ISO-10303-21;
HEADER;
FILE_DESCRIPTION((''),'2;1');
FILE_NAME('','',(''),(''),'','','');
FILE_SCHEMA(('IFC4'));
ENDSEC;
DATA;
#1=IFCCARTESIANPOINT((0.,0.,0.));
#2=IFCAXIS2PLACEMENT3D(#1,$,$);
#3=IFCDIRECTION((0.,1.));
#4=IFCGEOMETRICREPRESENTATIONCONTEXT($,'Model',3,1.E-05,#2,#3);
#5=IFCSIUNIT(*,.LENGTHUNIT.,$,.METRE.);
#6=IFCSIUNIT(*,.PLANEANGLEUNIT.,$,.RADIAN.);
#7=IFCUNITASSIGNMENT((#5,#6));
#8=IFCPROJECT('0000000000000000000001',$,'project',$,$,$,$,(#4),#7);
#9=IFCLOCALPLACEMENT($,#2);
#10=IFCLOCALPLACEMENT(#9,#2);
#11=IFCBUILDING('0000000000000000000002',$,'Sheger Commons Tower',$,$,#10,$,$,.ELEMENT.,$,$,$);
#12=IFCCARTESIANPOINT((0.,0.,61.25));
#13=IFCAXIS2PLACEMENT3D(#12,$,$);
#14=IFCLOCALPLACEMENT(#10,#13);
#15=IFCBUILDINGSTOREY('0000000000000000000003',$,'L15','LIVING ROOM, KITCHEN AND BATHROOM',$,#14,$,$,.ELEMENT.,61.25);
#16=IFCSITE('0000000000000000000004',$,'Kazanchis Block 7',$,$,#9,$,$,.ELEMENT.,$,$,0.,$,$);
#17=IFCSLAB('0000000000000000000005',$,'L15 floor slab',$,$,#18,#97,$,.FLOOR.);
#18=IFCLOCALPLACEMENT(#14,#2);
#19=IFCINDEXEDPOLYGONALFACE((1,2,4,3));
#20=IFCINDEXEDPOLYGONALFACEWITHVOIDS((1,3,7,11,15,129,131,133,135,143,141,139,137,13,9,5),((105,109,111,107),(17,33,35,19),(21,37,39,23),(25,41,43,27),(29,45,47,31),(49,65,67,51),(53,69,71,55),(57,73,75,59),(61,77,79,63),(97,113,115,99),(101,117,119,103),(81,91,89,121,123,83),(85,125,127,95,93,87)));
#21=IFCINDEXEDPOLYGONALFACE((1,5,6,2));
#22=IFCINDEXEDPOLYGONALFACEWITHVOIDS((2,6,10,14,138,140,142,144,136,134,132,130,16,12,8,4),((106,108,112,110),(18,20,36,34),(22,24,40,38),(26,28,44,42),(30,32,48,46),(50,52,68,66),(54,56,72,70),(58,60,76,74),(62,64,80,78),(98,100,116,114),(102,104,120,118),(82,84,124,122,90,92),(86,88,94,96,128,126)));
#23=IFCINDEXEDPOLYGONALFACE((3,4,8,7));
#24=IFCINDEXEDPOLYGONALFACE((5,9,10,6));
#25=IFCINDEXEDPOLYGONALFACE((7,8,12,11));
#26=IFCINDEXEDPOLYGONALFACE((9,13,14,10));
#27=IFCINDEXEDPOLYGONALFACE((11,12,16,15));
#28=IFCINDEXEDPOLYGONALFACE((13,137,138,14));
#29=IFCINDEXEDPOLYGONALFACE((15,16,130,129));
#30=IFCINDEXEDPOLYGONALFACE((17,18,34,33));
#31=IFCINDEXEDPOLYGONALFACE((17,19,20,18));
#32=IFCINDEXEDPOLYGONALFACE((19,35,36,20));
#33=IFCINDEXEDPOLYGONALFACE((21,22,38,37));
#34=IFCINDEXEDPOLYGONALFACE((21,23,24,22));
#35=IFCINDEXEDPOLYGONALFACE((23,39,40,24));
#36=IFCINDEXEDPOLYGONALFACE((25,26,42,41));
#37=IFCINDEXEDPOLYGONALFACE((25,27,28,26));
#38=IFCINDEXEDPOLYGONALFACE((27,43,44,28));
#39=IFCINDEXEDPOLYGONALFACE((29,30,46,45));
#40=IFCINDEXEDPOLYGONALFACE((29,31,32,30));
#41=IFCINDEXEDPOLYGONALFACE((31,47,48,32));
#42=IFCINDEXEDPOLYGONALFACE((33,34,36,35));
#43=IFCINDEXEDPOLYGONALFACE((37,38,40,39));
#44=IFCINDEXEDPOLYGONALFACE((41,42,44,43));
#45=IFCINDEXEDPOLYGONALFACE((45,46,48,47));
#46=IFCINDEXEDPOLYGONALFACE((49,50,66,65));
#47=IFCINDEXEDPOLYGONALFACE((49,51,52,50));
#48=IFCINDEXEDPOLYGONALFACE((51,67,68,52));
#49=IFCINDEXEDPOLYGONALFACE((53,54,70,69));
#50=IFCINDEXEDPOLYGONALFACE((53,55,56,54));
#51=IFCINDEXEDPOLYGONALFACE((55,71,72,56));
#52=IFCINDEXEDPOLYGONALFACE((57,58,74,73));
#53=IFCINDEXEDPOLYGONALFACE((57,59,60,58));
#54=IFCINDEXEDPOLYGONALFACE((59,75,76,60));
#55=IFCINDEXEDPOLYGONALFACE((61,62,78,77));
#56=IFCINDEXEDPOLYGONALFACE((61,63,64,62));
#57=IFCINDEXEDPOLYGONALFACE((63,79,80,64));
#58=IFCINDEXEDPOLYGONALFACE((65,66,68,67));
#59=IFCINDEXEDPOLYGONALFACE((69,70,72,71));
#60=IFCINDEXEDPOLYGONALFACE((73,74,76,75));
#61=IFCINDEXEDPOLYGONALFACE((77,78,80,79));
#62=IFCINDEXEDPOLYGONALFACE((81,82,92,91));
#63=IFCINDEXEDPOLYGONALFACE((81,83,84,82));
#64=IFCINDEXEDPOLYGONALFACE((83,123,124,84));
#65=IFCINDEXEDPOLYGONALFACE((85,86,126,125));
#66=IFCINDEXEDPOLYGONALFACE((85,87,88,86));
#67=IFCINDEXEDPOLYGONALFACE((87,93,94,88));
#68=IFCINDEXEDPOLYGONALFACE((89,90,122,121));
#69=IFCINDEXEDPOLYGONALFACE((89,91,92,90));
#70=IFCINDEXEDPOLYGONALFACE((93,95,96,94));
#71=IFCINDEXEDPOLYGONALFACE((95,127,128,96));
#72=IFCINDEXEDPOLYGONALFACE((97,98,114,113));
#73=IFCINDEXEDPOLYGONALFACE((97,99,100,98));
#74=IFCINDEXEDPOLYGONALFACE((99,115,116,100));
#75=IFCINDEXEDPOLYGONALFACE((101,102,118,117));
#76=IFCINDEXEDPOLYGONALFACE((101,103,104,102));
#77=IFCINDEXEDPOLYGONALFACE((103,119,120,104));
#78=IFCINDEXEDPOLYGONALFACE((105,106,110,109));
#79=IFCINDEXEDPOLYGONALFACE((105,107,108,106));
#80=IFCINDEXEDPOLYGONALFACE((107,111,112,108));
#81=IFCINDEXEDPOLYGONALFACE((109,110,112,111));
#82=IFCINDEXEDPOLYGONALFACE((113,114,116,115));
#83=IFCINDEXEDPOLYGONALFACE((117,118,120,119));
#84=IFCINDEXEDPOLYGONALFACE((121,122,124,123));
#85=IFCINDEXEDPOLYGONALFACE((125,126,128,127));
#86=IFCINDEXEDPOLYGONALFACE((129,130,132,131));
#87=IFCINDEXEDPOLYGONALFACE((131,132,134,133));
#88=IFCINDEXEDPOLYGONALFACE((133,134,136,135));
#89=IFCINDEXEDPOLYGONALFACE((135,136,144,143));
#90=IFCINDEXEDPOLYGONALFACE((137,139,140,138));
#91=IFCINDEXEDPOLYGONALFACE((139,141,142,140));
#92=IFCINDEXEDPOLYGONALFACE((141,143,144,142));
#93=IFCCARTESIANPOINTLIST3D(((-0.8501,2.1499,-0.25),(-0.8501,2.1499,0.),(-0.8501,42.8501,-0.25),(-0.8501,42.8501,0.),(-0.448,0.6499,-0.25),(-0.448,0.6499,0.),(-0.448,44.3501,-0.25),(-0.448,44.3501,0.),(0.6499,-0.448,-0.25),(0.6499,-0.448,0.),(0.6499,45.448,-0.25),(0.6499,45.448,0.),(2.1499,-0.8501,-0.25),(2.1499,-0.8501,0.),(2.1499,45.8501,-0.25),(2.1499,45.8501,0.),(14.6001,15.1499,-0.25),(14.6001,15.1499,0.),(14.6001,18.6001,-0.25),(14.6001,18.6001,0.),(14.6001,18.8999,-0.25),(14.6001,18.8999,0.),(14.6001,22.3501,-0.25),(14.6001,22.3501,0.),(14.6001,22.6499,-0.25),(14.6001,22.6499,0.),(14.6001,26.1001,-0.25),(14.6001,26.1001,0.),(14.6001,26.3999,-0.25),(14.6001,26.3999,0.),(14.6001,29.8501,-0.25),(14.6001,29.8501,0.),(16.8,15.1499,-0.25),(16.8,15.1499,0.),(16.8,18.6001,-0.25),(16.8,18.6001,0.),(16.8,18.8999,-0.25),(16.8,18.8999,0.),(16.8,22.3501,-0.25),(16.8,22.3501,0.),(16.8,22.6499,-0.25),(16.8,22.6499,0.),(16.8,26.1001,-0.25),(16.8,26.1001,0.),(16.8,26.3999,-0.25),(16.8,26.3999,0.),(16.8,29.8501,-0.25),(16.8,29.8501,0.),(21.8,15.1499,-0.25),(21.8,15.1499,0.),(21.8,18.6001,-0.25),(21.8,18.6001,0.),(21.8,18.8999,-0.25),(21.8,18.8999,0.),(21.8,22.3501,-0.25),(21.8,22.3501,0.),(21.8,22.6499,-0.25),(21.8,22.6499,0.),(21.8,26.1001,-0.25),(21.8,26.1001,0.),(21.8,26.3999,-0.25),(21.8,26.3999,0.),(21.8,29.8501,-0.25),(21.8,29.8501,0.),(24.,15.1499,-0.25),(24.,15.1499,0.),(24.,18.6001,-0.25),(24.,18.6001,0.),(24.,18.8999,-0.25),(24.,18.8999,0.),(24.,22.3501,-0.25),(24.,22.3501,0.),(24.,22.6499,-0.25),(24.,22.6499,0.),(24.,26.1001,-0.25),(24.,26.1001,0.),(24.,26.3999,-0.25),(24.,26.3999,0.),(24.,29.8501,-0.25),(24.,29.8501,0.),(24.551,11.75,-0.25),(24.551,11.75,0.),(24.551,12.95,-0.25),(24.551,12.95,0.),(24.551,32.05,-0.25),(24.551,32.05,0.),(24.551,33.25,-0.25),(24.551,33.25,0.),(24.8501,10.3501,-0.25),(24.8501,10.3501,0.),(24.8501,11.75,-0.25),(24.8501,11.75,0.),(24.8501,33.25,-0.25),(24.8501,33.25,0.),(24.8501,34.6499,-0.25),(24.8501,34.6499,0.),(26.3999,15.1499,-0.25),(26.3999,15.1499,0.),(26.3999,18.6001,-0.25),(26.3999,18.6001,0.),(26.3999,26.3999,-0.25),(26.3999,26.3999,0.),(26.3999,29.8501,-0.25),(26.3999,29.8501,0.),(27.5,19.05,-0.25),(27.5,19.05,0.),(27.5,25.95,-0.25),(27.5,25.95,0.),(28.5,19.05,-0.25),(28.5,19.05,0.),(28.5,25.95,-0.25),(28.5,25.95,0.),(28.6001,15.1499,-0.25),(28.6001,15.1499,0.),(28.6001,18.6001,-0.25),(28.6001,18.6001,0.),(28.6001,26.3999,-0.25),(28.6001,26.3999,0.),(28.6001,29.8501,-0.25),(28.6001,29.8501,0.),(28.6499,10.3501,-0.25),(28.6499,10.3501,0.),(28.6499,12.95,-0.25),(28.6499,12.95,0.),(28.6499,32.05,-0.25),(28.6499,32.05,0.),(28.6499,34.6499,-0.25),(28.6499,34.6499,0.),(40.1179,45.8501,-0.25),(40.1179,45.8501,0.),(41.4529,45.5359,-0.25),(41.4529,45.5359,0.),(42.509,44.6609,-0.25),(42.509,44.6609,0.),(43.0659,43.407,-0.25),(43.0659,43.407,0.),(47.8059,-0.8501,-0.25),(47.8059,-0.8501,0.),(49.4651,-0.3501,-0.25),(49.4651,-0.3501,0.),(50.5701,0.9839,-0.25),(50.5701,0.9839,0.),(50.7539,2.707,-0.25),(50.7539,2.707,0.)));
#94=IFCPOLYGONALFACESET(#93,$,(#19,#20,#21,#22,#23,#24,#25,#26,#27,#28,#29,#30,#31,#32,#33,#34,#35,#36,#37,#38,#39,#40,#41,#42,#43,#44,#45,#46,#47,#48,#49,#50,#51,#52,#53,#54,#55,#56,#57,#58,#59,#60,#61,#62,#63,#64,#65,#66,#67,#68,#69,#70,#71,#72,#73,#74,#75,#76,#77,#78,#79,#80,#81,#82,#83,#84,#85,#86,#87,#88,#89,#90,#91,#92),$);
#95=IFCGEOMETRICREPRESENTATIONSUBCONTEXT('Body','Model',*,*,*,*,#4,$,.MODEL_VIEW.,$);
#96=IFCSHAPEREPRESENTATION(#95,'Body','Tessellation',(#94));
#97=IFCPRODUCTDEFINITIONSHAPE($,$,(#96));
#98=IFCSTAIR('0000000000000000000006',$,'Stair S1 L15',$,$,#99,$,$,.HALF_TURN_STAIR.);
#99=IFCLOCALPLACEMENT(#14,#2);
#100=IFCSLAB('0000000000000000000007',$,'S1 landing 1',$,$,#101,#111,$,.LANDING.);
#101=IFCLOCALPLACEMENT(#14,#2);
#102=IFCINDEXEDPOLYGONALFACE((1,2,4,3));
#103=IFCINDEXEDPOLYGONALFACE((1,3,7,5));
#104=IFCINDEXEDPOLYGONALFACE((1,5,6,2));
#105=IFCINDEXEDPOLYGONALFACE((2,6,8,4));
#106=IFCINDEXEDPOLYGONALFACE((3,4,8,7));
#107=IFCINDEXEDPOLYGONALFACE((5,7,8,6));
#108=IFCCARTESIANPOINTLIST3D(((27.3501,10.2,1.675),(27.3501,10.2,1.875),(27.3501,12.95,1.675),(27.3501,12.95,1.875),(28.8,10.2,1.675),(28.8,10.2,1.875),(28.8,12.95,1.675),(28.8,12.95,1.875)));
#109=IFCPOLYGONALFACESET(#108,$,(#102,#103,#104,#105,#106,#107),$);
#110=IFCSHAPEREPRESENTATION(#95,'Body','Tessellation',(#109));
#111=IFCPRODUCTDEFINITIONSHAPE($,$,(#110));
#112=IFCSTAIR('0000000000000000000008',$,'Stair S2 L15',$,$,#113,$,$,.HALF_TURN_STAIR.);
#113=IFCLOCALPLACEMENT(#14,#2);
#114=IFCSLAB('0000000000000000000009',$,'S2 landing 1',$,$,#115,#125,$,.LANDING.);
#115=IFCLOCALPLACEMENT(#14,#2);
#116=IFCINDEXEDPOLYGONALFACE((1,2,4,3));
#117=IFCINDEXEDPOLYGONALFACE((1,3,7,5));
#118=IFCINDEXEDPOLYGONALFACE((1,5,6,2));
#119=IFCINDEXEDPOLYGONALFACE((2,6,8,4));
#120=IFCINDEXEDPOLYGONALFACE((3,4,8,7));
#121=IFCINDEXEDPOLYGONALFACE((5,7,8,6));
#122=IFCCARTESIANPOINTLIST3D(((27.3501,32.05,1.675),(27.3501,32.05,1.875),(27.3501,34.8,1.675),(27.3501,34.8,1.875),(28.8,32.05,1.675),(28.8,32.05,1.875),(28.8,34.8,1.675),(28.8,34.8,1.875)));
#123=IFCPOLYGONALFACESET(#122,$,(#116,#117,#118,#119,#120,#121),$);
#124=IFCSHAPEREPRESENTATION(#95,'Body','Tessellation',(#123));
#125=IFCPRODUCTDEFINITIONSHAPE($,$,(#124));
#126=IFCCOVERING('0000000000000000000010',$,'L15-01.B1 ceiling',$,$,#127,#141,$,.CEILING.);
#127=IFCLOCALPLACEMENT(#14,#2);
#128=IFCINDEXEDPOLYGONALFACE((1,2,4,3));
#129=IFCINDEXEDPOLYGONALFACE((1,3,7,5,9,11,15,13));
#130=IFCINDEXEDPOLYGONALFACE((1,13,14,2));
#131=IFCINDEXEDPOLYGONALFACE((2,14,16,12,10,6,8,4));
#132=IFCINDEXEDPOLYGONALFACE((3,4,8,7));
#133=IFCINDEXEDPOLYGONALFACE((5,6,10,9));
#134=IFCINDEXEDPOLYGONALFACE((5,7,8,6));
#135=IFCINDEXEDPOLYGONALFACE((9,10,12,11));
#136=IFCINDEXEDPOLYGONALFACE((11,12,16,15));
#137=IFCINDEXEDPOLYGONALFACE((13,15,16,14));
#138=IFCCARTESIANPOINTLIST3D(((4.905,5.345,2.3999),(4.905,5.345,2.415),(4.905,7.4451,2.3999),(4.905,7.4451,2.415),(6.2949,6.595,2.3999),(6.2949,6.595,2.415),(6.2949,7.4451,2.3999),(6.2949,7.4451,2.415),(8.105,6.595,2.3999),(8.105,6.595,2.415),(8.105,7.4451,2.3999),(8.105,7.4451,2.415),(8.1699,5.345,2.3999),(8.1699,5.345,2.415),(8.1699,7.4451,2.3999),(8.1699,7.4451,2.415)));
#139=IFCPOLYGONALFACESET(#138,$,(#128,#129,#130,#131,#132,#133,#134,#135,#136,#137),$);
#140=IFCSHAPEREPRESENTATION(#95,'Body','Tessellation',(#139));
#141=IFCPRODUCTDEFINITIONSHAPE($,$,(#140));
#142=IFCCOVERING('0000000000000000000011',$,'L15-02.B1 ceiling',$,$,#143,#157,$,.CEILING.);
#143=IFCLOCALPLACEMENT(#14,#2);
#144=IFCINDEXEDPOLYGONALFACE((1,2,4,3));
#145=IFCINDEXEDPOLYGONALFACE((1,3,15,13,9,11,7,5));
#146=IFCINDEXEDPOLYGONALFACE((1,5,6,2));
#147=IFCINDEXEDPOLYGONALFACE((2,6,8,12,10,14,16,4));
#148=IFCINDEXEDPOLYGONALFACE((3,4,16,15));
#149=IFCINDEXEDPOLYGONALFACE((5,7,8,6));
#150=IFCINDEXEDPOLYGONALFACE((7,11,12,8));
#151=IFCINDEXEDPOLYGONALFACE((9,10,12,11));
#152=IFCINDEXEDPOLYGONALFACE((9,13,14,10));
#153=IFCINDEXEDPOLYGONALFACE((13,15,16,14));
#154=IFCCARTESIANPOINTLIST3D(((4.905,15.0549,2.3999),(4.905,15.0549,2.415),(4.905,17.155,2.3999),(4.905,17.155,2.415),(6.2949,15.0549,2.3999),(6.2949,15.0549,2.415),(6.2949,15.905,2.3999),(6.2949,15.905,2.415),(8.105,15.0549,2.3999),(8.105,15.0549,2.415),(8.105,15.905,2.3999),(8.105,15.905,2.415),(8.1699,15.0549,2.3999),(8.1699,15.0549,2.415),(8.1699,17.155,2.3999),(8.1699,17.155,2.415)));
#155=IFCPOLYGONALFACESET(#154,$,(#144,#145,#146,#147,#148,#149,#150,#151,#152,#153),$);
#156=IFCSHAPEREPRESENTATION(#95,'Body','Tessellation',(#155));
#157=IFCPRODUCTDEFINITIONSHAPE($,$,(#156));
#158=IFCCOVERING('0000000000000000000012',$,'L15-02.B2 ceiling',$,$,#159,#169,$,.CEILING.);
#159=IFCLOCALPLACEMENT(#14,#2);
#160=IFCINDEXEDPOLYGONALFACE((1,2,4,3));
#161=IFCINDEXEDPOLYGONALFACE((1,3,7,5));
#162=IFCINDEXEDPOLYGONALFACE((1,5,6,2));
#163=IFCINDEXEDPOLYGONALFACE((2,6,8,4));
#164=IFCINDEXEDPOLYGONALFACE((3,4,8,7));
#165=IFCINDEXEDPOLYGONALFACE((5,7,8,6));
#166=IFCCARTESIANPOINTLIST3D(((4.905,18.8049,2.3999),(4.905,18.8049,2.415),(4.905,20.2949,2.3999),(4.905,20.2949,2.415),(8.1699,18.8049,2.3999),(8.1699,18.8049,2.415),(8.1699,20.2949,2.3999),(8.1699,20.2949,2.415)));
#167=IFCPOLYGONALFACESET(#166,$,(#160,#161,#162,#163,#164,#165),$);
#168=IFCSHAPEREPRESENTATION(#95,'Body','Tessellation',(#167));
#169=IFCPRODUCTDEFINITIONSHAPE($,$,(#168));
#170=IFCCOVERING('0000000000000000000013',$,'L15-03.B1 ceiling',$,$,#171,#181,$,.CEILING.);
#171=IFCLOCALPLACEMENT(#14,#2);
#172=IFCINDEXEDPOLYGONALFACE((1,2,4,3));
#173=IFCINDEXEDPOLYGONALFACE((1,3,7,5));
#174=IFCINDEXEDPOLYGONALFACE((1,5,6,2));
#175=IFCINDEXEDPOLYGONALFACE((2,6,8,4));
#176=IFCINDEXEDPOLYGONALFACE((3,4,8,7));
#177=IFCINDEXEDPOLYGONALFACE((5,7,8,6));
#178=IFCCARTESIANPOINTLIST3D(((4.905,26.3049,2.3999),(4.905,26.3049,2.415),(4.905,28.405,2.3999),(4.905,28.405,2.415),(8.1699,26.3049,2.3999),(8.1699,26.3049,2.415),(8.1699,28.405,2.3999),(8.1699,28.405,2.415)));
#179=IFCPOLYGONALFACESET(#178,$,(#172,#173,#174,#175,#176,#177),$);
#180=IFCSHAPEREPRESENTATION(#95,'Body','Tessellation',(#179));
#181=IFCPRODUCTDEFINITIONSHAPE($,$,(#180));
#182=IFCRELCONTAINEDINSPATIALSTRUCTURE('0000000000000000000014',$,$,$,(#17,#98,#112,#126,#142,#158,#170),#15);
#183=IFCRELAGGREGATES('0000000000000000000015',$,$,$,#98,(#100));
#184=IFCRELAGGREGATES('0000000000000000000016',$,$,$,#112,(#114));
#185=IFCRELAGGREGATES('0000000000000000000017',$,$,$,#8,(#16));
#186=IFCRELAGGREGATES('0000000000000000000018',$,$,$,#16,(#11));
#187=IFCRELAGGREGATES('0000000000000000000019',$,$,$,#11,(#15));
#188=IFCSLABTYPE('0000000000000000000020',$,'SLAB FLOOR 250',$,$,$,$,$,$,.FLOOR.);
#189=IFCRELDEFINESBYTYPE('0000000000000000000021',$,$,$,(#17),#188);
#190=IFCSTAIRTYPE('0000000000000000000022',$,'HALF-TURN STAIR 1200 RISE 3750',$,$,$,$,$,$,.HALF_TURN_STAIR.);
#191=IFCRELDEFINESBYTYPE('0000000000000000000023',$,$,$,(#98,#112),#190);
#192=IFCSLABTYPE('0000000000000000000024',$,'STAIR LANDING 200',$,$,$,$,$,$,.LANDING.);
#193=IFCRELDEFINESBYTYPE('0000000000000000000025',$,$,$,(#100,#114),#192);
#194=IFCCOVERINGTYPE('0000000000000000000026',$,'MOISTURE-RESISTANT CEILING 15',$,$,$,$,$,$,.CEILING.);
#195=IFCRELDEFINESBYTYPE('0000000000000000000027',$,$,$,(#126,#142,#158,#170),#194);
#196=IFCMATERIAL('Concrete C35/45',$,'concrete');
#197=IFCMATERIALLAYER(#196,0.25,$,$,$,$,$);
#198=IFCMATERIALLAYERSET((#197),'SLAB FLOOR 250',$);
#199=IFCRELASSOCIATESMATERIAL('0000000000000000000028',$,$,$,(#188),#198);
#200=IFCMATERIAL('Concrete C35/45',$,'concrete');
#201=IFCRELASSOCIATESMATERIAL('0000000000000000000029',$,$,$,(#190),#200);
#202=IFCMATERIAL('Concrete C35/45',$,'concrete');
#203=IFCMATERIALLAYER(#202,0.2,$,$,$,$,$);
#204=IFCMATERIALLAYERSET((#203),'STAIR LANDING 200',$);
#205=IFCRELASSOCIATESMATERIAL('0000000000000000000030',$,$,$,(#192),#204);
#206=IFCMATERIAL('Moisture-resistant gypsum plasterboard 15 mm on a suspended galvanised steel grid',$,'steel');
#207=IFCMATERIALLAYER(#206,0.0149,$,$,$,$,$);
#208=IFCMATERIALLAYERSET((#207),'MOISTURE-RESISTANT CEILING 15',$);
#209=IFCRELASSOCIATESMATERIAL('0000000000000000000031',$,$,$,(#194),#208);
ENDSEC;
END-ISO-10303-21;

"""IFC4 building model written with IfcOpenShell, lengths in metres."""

from ifc_helpers import new_model, si_unit, direction, frame, origin, place, context, subcontext, project, spatial, polyline, outline, extrude, material, layer, layer_set, type_object, element, aggregate, save


model = new_model("IFC4")

# Units and contexts
model_context = context("Model", 3, precision=1e-05, world=origin(), true_north=direction((0.0, 1.0)))
body_context = subcontext(model_context, "Body", "Model", "MODEL_VIEW")
ifc_project = project(units=[si_unit("LENGTHUNIT", "METRE"), si_unit("PLANEANGLEUNIT", "RADIAN")], contexts=[model_context])

# Site, building, storey
site_placement = place(None, origin())
site = spatial("IfcSite", under=ifc_project, at=site_placement, Name="Kazanchis Block 7", CompositionType="ELEMENT", RefElevation=0.0)
building_placement = place(site_placement, origin())
building = spatial("IfcBuilding", under=site, at=building_placement, Name="Sheger Commons Tower", CompositionType="ELEMENT")
storey_placement = place(building_placement, frame((0.0, 0.0, 61.25)))
storey = spatial("IfcBuildingStorey", under=building, at=storey_placement, Name="L15", Description="LIVING ROOM, KITCHEN AND BATHROOM", CompositionType="ELEMENT", Elevation=61.25)

# Slab
ifc_material_1 = material(Name="Concrete C35/45", Category="concrete")
ifc_layer_1 = layer(ifc_material_1, 0.25)
ifc_layer_set_1 = layer_set([ifc_layer_1], Name="SLAB FLOOR 250")
slab_type_1 = type_object("IfcSlabType", Name="SLAB FLOOR 250", PredefinedType="FLOOR", material=ifc_layer_set_1)
slab_1_placement = place(storey_placement, frame((0.0, 0.0, -0.25)))
element("IfcSlab", 1, at=slab_1_placement, inside=storey, type_object=slab_type_1, Name="L15 floor slab", PredefinedType="FLOOR", context=body_context, shape_type="SweptSolid", body=[
    extrude(outline(polyline([(-0.8501, 2.1499), (-0.448, 0.6499), (0.6499, -0.448), (2.1499, -0.8501), (47.8059, -0.8501), (49.4651, -0.3501), (50.5701, 0.9839), (50.7539, 2.707), (43.0659, 43.407), (42.509, 44.6609), (41.4529, 45.5359), (40.1179, 45.8501), (2.1499, 45.8501), (0.6499, 45.448), (-0.448, 44.3501), (-0.8501, 42.8501), (-0.8501, 2.1499)]), holes=[polyline([(24.8501, 10.3501), (28.6499, 10.3501), (28.6499, 12.95), (24.551, 12.95), (24.551, 11.75), (24.8501, 11.75), (24.8501, 10.3501)]), polyline([(24.551, 32.05), (28.6499, 32.05), (28.6499, 34.6499), (24.8501, 34.6499), (24.8501, 33.25), (24.551, 33.25), (24.551, 32.05)]), polyline([(26.3999, 15.1499), (28.6001, 15.1499), (28.6001, 18.6001), (26.3999, 18.6001), (26.3999, 15.1499)]), polyline([(26.3999, 26.3999), (28.6001, 26.3999), (28.6001, 29.8501), (26.3999, 29.8501), (26.3999, 26.3999)]), polyline([(14.6001, 15.1499), (16.8, 15.1499), (16.8, 18.6001), (14.6001, 18.6001), (14.6001, 15.1499)]), polyline([(14.6001, 18.8999), (16.8, 18.8999), (16.8, 22.3501), (14.6001, 22.3501), (14.6001, 18.8999)]), polyline([(14.6001, 22.6499), (16.8, 22.6499), (16.8, 26.1001), (14.6001, 26.1001), (14.6001, 22.6499)]), polyline([(14.6001, 26.3999), (16.8, 26.3999), (16.8, 29.8501), (14.6001, 29.8501), (14.6001, 26.3999)]), polyline([(21.8, 15.1499), (24.0, 15.1499), (24.0, 18.6001), (21.8, 18.6001), (21.8, 15.1499)]), polyline([(21.8, 18.8999), (24.0, 18.8999), (24.0, 22.3501), (21.8, 22.3501), (21.8, 18.8999)]), polyline([(21.8, 22.6499), (24.0, 22.6499), (24.0, 26.1001), (21.8, 26.1001), (21.8, 22.6499)]), polyline([(21.8, 26.3999), (24.0, 26.3999), (24.0, 29.8501), (21.8, 29.8501), (21.8, 26.3999)]), polyline([(27.5, 19.05), (28.5, 19.05), (28.5, 25.95), (27.5, 25.95), (27.5, 19.05)])]), origin(), (0.0, 0.0, 1.0), 0.25),
])

# Stairs, slabs
ifc_material_2 = material(Name="Concrete C35/45", Category="concrete")
stair_type = type_object("IfcStairType", Name="HALF-TURN STAIR 1200 RISE 3750", PredefinedType="HALF_TURN_STAIR", material=ifc_material_2)
stair_1_placement = place(storey_placement, origin())
stair_1 = element("IfcStair", 2, at=stair_1_placement, inside=storey, type_object=stair_type, Name="Stair S1 L15", PredefinedType="HALF_TURN_STAIR")
ifc_material_3 = material(Name="Concrete C35/45", Category="concrete")
ifc_layer_2 = layer(ifc_material_3, 0.2)
ifc_layer_set_2 = layer_set([ifc_layer_2], Name="STAIR LANDING 200")
slab_type_2 = type_object("IfcSlabType", Name="STAIR LANDING 200", PredefinedType="LANDING", material=ifc_layer_set_2)
slab_2_placement = place(storey_placement, frame((0.0, 0.0, 1.675)))
slab_2 = element("IfcSlab", 3, at=slab_2_placement, type_object=slab_type_2, Name="S1 landing 1", PredefinedType="LANDING", context=body_context, shape_type="SweptSolid", body=[
    extrude(outline(polyline([(27.3501, 10.2), (28.8, 10.2), (28.8, 12.95), (27.3501, 12.95), (27.3501, 10.2)])), origin(), (0.0, 0.0, 1.0), 0.2),
])
aggregate(stair_1, [slab_2])
stair_2_placement = place(storey_placement, origin())
stair_2 = element("IfcStair", 4, at=stair_2_placement, inside=storey, type_object=stair_type, Name="Stair S2 L15", PredefinedType="HALF_TURN_STAIR")
slab_3_placement = place(storey_placement, frame((0.0, 0.0, 1.675)))
slab_3 = element("IfcSlab", 5, at=slab_3_placement, type_object=slab_type_2, Name="S2 landing 1", PredefinedType="LANDING", context=body_context, shape_type="SweptSolid", body=[
    extrude(outline(polyline([(27.3501, 32.05), (28.8, 32.05), (28.8, 34.8), (27.3501, 34.8), (27.3501, 32.05)])), origin(), (0.0, 0.0, 1.0), 0.2),
])
aggregate(stair_2, [slab_3])

# Coverings
ifc_material_4 = material(Name="Moisture-resistant gypsum plasterboard 15 mm on a suspended galvanised steel grid", Category="steel")
ifc_layer_3 = layer(ifc_material_4, 0.0149)
ifc_layer_set_3 = layer_set([ifc_layer_3], Name="MOISTURE-RESISTANT CEILING 15")
covering_type_1 = type_object("IfcCoveringType", Name="MOISTURE-RESISTANT CEILING 15", PredefinedType="CEILING", material=ifc_layer_set_3)
covering_1_placement = place(storey_placement, frame((0.0, 0.0, 2.3999)))
element("IfcCovering", 6, at=covering_1_placement, inside=storey, type_object=covering_type_1, Name="L15-01.B1 ceiling", PredefinedType="CEILING", context=body_context, shape_type="SweptSolid", body=[
    extrude(outline(polyline([(4.905, 5.345), (8.1699, 5.345), (8.1699, 7.4451), (8.105, 7.4451), (8.105, 6.595), (6.2949, 6.595), (6.2949, 7.4451), (4.905, 7.4451), (4.905, 5.345)])), origin(), (0.0, 0.0, 1.0), 0.0151),
])
covering_2_placement = place(storey_placement, frame((0.0, 0.0, 2.3999)))
element("IfcCovering", 7, at=covering_2_placement, inside=storey, type_object=covering_type_1, Name="L15-02.B1 ceiling", PredefinedType="CEILING", context=body_context, shape_type="SweptSolid", body=[
    extrude(outline(polyline([(4.905, 15.0549), (6.2949, 15.0549), (6.2949, 15.905), (8.105, 15.905), (8.105, 15.0549), (8.1699, 15.0549), (8.1699, 17.155), (4.905, 17.155), (4.905, 15.0549)])), origin(), (0.0, 0.0, 1.0), 0.0151),
])
covering_3_placement = place(storey_placement, frame((0.0, 0.0, 2.3999)))
element("IfcCovering", 8, at=covering_3_placement, inside=storey, type_object=covering_type_1, Name="L15-02.B2 ceiling", PredefinedType="CEILING", context=body_context, shape_type="SweptSolid", body=[
    extrude(outline(polyline([(4.905, 18.8049), (8.1699, 18.8049), (8.1699, 20.2949), (4.905, 20.2949), (4.905, 18.8049)])), origin(), (0.0, 0.0, 1.0), 0.0151),
])
covering_4_placement = place(storey_placement, frame((0.0, 0.0, 2.3999)))
element("IfcCovering", 9, at=covering_4_placement, inside=storey, type_object=covering_type_1, Name="L15-03.B1 ceiling", PredefinedType="CEILING", context=body_context, shape_type="SweptSolid", body=[
    extrude(outline(polyline([(4.905, 26.3049), (8.1699, 26.3049), (8.1699, 28.405), (4.905, 28.405), (4.905, 26.3049)])), origin(), (0.0, 0.0, 1.0), 0.0151),
])

save(model, "model.ifc")
